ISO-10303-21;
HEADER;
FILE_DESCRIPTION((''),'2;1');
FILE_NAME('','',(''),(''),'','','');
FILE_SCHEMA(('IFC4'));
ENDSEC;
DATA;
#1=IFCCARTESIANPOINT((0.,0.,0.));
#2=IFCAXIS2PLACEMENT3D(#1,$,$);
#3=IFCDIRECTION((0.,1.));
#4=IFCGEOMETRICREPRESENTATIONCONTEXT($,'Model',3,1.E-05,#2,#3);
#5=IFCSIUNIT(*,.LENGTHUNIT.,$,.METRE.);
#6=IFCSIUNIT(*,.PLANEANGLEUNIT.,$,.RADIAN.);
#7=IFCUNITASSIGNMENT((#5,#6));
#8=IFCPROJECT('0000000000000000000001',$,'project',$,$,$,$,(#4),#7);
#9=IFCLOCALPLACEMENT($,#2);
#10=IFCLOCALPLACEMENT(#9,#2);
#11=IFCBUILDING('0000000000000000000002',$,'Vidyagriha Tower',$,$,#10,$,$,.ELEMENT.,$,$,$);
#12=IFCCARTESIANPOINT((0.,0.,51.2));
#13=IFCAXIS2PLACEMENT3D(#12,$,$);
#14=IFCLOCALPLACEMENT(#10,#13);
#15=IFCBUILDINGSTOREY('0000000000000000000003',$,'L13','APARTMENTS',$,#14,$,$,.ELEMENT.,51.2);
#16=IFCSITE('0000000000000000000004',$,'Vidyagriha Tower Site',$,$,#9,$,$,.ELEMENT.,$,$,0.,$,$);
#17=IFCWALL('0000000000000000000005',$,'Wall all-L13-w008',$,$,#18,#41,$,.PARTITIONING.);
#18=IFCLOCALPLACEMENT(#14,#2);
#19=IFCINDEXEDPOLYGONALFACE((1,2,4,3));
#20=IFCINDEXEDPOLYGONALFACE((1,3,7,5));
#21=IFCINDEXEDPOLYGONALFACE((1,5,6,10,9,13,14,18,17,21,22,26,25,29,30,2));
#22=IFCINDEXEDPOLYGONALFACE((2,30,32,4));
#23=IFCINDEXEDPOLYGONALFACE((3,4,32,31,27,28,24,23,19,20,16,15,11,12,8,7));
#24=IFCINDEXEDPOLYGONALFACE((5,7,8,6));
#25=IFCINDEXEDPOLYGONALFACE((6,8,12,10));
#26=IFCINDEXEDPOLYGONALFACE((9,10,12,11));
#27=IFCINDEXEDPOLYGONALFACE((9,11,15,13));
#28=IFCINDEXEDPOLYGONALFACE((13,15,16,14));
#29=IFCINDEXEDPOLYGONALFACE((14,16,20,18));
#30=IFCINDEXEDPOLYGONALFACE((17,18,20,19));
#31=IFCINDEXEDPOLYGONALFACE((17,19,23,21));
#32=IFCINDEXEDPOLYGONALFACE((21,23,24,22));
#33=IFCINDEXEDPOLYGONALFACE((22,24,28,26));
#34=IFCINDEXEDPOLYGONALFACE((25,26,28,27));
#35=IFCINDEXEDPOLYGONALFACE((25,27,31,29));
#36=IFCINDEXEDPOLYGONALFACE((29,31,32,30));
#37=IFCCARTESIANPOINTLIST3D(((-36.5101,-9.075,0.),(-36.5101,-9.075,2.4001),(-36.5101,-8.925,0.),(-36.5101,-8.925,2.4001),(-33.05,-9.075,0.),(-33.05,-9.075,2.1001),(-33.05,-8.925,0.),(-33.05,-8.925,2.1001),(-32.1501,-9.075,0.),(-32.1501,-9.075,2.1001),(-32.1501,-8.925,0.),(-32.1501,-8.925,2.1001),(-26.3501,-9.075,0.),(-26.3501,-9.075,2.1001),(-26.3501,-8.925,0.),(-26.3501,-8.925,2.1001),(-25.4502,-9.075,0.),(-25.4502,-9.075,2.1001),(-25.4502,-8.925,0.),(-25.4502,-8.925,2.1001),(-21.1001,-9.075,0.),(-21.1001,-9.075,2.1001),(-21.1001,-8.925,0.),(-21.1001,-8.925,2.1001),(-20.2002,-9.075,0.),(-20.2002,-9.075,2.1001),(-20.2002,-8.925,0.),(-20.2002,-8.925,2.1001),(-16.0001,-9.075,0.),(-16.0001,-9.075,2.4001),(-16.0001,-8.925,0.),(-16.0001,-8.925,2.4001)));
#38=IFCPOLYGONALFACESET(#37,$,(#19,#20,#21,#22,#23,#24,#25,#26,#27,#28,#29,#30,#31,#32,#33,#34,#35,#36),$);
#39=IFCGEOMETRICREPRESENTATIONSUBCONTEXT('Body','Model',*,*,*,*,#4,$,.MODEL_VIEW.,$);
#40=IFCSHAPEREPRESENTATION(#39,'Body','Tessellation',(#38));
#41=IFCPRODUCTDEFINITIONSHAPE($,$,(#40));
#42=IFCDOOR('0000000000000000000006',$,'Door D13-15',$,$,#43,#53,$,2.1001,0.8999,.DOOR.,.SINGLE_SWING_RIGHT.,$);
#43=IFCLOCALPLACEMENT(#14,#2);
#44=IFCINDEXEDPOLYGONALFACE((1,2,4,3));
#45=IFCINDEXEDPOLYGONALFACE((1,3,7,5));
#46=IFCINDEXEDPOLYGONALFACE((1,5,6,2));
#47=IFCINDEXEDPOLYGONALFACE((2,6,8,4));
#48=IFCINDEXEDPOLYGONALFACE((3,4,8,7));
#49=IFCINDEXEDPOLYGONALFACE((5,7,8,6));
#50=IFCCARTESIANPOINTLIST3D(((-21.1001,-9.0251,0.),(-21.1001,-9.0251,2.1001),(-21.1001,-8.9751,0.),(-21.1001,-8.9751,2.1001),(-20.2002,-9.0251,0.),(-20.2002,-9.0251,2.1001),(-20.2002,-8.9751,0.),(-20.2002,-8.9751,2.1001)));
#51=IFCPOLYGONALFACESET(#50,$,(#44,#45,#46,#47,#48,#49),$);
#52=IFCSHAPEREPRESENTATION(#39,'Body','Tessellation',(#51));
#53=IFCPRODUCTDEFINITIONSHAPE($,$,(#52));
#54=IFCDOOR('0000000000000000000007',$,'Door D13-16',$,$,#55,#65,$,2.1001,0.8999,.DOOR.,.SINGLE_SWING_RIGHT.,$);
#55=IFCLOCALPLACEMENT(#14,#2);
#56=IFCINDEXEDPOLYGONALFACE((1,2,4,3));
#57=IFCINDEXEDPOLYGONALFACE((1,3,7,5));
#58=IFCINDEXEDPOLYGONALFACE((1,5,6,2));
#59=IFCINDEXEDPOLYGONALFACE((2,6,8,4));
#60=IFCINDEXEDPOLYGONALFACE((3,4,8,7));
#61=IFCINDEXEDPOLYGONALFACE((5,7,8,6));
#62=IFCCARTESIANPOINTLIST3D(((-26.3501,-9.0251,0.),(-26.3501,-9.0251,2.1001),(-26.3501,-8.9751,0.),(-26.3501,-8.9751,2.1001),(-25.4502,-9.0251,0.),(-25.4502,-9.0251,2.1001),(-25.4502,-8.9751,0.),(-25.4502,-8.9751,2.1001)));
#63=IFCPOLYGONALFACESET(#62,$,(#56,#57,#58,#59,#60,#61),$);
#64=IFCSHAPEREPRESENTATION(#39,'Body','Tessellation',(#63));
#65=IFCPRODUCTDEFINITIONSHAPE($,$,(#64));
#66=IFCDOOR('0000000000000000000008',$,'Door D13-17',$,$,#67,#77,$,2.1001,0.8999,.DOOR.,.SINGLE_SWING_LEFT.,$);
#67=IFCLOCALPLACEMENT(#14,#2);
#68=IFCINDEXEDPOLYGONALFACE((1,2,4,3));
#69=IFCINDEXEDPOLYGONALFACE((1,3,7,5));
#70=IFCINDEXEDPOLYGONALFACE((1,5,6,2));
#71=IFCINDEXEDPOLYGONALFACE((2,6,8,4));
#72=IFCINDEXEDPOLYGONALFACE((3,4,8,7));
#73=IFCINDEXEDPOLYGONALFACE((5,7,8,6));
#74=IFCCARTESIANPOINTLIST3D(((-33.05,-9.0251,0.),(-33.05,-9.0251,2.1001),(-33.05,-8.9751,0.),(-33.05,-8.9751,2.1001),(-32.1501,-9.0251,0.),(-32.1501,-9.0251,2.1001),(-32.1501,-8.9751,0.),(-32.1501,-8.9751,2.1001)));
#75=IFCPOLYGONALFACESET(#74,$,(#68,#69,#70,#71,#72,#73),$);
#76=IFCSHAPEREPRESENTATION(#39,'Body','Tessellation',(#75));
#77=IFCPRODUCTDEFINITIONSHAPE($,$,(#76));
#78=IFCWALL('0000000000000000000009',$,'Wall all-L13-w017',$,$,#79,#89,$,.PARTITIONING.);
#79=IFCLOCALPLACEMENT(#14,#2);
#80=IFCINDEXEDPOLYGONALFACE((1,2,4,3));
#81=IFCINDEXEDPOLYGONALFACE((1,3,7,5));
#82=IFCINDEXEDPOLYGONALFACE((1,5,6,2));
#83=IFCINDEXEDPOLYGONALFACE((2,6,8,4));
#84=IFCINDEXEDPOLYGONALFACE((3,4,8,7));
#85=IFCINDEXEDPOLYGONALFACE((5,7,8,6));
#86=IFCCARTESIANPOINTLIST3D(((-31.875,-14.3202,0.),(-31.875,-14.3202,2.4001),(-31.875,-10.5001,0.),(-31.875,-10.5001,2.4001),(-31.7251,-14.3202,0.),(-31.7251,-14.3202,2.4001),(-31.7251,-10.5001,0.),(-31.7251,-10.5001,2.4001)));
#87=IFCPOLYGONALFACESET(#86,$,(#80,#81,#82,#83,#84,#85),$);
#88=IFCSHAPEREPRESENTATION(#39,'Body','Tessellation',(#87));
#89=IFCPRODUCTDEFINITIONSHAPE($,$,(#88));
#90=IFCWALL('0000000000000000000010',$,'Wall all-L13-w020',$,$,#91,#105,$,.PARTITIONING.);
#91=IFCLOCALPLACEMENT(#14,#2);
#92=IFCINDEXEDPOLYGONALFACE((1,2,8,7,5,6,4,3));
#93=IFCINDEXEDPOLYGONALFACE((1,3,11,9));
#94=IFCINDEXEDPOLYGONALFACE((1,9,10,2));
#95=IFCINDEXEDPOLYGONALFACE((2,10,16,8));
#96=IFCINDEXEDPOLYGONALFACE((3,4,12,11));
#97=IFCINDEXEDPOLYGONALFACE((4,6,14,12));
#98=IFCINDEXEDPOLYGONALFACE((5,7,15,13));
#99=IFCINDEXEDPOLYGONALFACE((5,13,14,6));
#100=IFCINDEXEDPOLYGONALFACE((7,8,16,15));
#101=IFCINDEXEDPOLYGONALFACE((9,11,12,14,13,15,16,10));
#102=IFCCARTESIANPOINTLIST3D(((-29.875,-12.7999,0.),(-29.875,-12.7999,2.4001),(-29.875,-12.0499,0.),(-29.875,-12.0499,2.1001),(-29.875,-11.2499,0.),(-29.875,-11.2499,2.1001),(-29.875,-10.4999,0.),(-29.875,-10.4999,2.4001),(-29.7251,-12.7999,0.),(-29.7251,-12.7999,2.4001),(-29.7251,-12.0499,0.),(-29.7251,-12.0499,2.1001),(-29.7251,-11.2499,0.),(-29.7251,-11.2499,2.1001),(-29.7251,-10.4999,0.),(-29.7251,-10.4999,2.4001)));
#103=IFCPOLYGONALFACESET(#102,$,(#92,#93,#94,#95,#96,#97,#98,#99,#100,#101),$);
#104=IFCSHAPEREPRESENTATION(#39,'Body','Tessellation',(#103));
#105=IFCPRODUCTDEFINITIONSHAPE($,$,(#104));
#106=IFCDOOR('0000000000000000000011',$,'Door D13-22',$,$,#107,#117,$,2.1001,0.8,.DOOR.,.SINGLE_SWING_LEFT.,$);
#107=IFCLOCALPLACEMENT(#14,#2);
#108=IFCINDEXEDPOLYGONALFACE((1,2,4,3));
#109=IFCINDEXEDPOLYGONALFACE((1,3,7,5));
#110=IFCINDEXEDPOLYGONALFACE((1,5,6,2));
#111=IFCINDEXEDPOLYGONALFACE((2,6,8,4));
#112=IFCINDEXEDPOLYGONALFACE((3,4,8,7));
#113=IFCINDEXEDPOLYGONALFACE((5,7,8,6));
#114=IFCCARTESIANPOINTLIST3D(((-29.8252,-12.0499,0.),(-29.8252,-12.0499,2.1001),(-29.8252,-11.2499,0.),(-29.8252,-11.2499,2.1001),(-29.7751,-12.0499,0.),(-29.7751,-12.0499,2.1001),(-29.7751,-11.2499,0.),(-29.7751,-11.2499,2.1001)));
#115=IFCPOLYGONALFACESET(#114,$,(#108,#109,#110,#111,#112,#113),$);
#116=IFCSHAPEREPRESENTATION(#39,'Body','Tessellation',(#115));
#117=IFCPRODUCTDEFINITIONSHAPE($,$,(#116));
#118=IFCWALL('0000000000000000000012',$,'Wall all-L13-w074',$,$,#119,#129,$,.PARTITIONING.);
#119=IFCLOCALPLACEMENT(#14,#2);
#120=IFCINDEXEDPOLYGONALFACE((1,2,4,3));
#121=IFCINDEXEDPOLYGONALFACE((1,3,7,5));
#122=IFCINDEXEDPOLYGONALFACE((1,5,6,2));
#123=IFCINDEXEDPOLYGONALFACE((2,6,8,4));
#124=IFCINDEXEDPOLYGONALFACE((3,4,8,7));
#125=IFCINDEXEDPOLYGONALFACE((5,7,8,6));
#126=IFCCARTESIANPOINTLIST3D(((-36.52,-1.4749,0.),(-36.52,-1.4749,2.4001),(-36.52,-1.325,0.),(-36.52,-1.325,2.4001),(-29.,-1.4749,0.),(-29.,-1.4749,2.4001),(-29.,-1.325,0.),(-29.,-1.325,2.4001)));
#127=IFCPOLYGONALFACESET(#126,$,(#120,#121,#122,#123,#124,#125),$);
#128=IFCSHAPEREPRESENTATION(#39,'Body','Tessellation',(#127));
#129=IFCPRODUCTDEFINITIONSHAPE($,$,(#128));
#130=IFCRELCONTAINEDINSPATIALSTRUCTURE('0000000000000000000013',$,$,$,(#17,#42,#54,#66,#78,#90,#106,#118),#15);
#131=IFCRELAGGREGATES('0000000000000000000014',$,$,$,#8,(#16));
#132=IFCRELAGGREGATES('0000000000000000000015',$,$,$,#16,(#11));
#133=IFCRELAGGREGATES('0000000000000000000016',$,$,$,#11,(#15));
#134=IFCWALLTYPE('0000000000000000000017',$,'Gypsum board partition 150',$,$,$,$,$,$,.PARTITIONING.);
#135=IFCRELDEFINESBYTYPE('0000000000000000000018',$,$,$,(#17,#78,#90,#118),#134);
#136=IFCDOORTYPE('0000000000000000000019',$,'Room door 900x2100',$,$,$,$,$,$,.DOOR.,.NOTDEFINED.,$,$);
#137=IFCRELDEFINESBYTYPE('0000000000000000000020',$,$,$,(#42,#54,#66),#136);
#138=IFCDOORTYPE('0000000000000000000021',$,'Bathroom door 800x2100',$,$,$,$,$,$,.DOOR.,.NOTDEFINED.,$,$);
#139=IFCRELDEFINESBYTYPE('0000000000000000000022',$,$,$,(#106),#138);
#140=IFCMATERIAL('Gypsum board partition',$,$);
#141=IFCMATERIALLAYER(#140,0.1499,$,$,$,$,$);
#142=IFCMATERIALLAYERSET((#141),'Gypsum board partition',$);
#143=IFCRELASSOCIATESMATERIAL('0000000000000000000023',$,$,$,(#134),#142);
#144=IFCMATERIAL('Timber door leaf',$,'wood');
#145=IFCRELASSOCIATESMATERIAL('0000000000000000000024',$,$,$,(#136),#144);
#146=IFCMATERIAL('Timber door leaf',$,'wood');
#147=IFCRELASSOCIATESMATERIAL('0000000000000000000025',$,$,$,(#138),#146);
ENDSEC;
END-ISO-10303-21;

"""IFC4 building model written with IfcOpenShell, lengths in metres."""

from ifc_helpers import new_model, si_unit, direction, frame, frame_2d, origin, place, context, subcontext, project, spatial, rectangle, extrude, material, layer, layer_set, type_object, element, fill, save


model = new_model("IFC4")

# Units and contexts
model_context = context("Model", 3, precision=1e-05, world=origin(), true_north=direction((0.0, 1.0)))
body_context = subcontext(model_context, "Body", "Model", "MODEL_VIEW")
ifc_project = project(units=[si_unit("LENGTHUNIT", "METRE"), si_unit("PLANEANGLEUNIT", "RADIAN")], contexts=[model_context])

# Site, building, storey
site_placement = place(None, origin())
site = spatial("IfcSite", under=ifc_project, at=site_placement, Name="Vidyagriha Tower Site", CompositionType="ELEMENT", RefElevation=0.0)
building_placement = place(site_placement, origin())
building = spatial("IfcBuilding", under=site, at=building_placement, Name="Vidyagriha Tower", CompositionType="ELEMENT")
storey_placement = place(building_placement, frame((0.0, 0.0, 51.2)))
storey = spatial("IfcBuildingStorey", under=building, at=storey_placement, Name="L13", Description="APARTMENTS", CompositionType="ELEMENT", Elevation=51.2)

# Shared definitions
ifc_material_1 = material(Name="Gypsum board partition")
ifc_layer_1 = layer(ifc_material_1, 0.1499)
ifc_layer_set_1 = layer_set([ifc_layer_1], Name="Gypsum board partition")
wall_type_1 = type_object("IfcWallType", Name="Gypsum board partition 150", PredefinedType="PARTITIONING", material=ifc_layer_set_1)

# Wall, openings, doors
wall_1_placement = place(storey_placement, frame((-36.51, -9.0, 0.0)))
wall_1 = element("IfcWall", 1, at=wall_1_placement, inside=storey, type_object=wall_type_1, Name="Wall all-L13-w008", PredefinedType="PARTITIONING", context=body_context, shape_type="SweptSolid", body=[
    extrude(rectangle(XDim=20.51, YDim=0.1499, at=frame_2d((10.2549, 0.0))), origin(), (0.0, 0.0, 1.0), 2.4001),
])
opening_1_placement = place(wall_1_placement, frame((15.4099, 0.0, 0.0)))
opening_1 = element("IfcOpeningElement", 2, at=opening_1_placement, cuts=wall_1, PredefinedType="OPENING", context=body_context, shape_type="SweptSolid", body=[
    extrude(rectangle(XDim=0.8999, YDim=2.1001, at=frame_2d((0.45, 1.05))), frame((0.0, 0.085, 0.0), z_axis=(0.0, -1.0, 0.0), x_axis=(1.0, 0.0, 0.0)), (0.0, 0.0, 1.0), 0.1699),
])
opening_2_placement = place(wall_1_placement, frame((10.1599, 0.0, 0.0)))
opening_2 = element("IfcOpeningElement", 3, at=opening_2_placement, cuts=wall_1, PredefinedType="OPENING", context=body_context, shape_type="SweptSolid", body=[
    extrude(rectangle(XDim=0.8999, YDim=2.1001, at=frame_2d((0.45, 1.05))), frame((0.0, 0.085, 0.0), z_axis=(0.0, -1.0, 0.0), x_axis=(1.0, 0.0, 0.0)), (0.0, 0.0, 1.0), 0.1699),
])
opening_3_placement = place(wall_1_placement, frame((3.46, 0.0, 0.0)))
opening_3 = element("IfcOpeningElement", 4, at=opening_3_placement, cuts=wall_1, PredefinedType="OPENING", context=body_context, shape_type="SweptSolid", body=[
    extrude(rectangle(XDim=0.8999, YDim=2.1001, at=frame_2d((0.45, 1.05))), frame((0.0, 0.085, 0.0), z_axis=(0.0, -1.0, 0.0), x_axis=(1.0, 0.0, 0.0)), (0.0, 0.0, 1.0), 0.1699),
])
ifc_material_2 = material(Name="Timber door leaf", Category="wood")
door_type_1 = type_object("IfcDoorType", Name="Room door 900x2100", OperationType="NOTDEFINED", PredefinedType="DOOR", material=ifc_material_2)
door_1_placement = place(opening_1_placement, origin())
door_1 = element("IfcDoor", 5, at=door_1_placement, inside=storey, type_object=door_type_1, Name="Door D13-15", OperationType="SINGLE_SWING_RIGHT", OverallHeight=2.1001, OverallWidth=0.8999, PredefinedType="DOOR", context=body_context, shape_type="SweptSolid", body=[
    extrude(rectangle(XDim=0.8999, YDim=2.1001, at=frame_2d((0.45, 1.05))), frame((0.0, 0.0249, 0.0), z_axis=(0.0, -1.0, 0.0), x_axis=(1.0, 0.0, 0.0)), (0.0, 0.0, 1.0), 0.05),
])
fill(opening_1, door_1)
door_2_placement = place(opening_2_placement, origin())
door_2 = element("IfcDoor", 6, at=door_2_placement, inside=storey, type_object=door_type_1, Name="Door D13-16", OperationType="SINGLE_SWING_RIGHT", OverallHeight=2.1001, OverallWidth=0.8999, PredefinedType="DOOR", context=body_context, shape_type="SweptSolid", body=[
    extrude(rectangle(XDim=0.8999, YDim=2.1001, at=frame_2d((0.45, 1.05))), frame((0.0, 0.0249, 0.0), z_axis=(0.0, -1.0, 0.0), x_axis=(1.0, 0.0, 0.0)), (0.0, 0.0, 1.0), 0.05),
])
fill(opening_2, door_2)
door_3_placement = place(opening_3_placement, origin())
door_3 = element("IfcDoor", 7, at=door_3_placement, inside=storey, type_object=door_type_1, Name="Door D13-17", OperationType="SINGLE_SWING_LEFT", OverallHeight=2.1001, OverallWidth=0.8999, PredefinedType="DOOR", context=body_context, shape_type="SweptSolid", body=[
    extrude(rectangle(XDim=0.8999, YDim=2.1001, at=frame_2d((0.45, 1.05))), frame((0.0, 0.0249, 0.0), z_axis=(0.0, -1.0, 0.0), x_axis=(1.0, 0.0, 0.0)), (0.0, 0.0, 1.0), 0.05),
])
fill(opening_3, door_3)

# Wall
wall_2_placement = place(storey_placement, frame((-31.8, -10.5, 0.0), z_axis=(0.0, 0.0, 1.0), x_axis=(0.0, -1.0, 0.0)))
element("IfcWall", 8, at=wall_2_placement, inside=storey, type_object=wall_type_1, Name="Wall all-L13-w017", PredefinedType="PARTITIONING", context=body_context, shape_type="SweptSolid", body=[
    extrude(rectangle(XDim=3.8201, YDim=0.1499, at=frame_2d((1.9102, 0.0))), origin(), (0.0, 0.0, 1.0), 2.4001),
])

# Wall, opening, door
wall_3_placement = place(storey_placement, frame((-29.8, -10.5, 0.0), z_axis=(0.0, 0.0, 1.0), x_axis=(0.0, -1.0, 0.0)))
wall_3 = element("IfcWall", 9, at=wall_3_placement, inside=storey, type_object=wall_type_1, Name="Wall all-L13-w020", PredefinedType="PARTITIONING", context=body_context, shape_type="SweptSolid", body=[
    extrude(rectangle(XDim=2.3, YDim=0.1499, at=frame_2d((1.1499, 0.0))), origin(), (0.0, 0.0, 1.0), 2.4001),
])
opening_4_placement = place(wall_3_placement, frame((0.75, 0.0, 0.0)))
opening_4 = element("IfcOpeningElement", 10, at=opening_4_placement, cuts=wall_3, PredefinedType="OPENING", context=body_context, shape_type="SweptSolid", body=[
    extrude(rectangle(XDim=0.8, YDim=2.1001, at=frame_2d((0.3999, 1.05))), frame((0.0, 0.085, 0.0), z_axis=(0.0, -1.0, 0.0), x_axis=(1.0, 0.0, 0.0)), (0.0, 0.0, 1.0), 0.1699),
])
ifc_material_3 = material(Name="Timber door leaf", Category="wood")
door_type_2 = type_object("IfcDoorType", Name="Bathroom door 800x2100", OperationType="NOTDEFINED", PredefinedType="DOOR", material=ifc_material_3)
door_4_placement = place(opening_4_placement, origin())
door_4 = element("IfcDoor", 11, at=door_4_placement, inside=storey, type_object=door_type_2, Name="Door D13-22", OperationType="SINGLE_SWING_LEFT", OverallHeight=2.1001, OverallWidth=0.8, PredefinedType="DOOR", context=body_context, shape_type="SweptSolid", body=[
    extrude(rectangle(XDim=0.8, YDim=2.1001, at=frame_2d((0.3999, 1.05))), frame((0.0, 0.0249, 0.0), z_axis=(0.0, -1.0, 0.0), x_axis=(1.0, 0.0, 0.0)), (0.0, 0.0, 1.0), 0.05),
])
fill(opening_4, door_4)

# Wall
wall_4_placement = place(storey_placement, frame((-29.0, -1.3999, 0.0), z_axis=(0.0, 0.0, 1.0), x_axis=(-1.0, 0.0, 0.0)))
element("IfcWall", 12, at=wall_4_placement, inside=storey, type_object=wall_type_1, Name="Wall all-L13-w074", PredefinedType="PARTITIONING", context=body_context, shape_type="SweptSolid", body=[
    extrude(rectangle(XDim=7.52, YDim=0.1499, at=frame_2d((3.76, 0.0))), origin(), (0.0, 0.0, 1.0), 2.4001),
])

save(model, "model.ifc")
